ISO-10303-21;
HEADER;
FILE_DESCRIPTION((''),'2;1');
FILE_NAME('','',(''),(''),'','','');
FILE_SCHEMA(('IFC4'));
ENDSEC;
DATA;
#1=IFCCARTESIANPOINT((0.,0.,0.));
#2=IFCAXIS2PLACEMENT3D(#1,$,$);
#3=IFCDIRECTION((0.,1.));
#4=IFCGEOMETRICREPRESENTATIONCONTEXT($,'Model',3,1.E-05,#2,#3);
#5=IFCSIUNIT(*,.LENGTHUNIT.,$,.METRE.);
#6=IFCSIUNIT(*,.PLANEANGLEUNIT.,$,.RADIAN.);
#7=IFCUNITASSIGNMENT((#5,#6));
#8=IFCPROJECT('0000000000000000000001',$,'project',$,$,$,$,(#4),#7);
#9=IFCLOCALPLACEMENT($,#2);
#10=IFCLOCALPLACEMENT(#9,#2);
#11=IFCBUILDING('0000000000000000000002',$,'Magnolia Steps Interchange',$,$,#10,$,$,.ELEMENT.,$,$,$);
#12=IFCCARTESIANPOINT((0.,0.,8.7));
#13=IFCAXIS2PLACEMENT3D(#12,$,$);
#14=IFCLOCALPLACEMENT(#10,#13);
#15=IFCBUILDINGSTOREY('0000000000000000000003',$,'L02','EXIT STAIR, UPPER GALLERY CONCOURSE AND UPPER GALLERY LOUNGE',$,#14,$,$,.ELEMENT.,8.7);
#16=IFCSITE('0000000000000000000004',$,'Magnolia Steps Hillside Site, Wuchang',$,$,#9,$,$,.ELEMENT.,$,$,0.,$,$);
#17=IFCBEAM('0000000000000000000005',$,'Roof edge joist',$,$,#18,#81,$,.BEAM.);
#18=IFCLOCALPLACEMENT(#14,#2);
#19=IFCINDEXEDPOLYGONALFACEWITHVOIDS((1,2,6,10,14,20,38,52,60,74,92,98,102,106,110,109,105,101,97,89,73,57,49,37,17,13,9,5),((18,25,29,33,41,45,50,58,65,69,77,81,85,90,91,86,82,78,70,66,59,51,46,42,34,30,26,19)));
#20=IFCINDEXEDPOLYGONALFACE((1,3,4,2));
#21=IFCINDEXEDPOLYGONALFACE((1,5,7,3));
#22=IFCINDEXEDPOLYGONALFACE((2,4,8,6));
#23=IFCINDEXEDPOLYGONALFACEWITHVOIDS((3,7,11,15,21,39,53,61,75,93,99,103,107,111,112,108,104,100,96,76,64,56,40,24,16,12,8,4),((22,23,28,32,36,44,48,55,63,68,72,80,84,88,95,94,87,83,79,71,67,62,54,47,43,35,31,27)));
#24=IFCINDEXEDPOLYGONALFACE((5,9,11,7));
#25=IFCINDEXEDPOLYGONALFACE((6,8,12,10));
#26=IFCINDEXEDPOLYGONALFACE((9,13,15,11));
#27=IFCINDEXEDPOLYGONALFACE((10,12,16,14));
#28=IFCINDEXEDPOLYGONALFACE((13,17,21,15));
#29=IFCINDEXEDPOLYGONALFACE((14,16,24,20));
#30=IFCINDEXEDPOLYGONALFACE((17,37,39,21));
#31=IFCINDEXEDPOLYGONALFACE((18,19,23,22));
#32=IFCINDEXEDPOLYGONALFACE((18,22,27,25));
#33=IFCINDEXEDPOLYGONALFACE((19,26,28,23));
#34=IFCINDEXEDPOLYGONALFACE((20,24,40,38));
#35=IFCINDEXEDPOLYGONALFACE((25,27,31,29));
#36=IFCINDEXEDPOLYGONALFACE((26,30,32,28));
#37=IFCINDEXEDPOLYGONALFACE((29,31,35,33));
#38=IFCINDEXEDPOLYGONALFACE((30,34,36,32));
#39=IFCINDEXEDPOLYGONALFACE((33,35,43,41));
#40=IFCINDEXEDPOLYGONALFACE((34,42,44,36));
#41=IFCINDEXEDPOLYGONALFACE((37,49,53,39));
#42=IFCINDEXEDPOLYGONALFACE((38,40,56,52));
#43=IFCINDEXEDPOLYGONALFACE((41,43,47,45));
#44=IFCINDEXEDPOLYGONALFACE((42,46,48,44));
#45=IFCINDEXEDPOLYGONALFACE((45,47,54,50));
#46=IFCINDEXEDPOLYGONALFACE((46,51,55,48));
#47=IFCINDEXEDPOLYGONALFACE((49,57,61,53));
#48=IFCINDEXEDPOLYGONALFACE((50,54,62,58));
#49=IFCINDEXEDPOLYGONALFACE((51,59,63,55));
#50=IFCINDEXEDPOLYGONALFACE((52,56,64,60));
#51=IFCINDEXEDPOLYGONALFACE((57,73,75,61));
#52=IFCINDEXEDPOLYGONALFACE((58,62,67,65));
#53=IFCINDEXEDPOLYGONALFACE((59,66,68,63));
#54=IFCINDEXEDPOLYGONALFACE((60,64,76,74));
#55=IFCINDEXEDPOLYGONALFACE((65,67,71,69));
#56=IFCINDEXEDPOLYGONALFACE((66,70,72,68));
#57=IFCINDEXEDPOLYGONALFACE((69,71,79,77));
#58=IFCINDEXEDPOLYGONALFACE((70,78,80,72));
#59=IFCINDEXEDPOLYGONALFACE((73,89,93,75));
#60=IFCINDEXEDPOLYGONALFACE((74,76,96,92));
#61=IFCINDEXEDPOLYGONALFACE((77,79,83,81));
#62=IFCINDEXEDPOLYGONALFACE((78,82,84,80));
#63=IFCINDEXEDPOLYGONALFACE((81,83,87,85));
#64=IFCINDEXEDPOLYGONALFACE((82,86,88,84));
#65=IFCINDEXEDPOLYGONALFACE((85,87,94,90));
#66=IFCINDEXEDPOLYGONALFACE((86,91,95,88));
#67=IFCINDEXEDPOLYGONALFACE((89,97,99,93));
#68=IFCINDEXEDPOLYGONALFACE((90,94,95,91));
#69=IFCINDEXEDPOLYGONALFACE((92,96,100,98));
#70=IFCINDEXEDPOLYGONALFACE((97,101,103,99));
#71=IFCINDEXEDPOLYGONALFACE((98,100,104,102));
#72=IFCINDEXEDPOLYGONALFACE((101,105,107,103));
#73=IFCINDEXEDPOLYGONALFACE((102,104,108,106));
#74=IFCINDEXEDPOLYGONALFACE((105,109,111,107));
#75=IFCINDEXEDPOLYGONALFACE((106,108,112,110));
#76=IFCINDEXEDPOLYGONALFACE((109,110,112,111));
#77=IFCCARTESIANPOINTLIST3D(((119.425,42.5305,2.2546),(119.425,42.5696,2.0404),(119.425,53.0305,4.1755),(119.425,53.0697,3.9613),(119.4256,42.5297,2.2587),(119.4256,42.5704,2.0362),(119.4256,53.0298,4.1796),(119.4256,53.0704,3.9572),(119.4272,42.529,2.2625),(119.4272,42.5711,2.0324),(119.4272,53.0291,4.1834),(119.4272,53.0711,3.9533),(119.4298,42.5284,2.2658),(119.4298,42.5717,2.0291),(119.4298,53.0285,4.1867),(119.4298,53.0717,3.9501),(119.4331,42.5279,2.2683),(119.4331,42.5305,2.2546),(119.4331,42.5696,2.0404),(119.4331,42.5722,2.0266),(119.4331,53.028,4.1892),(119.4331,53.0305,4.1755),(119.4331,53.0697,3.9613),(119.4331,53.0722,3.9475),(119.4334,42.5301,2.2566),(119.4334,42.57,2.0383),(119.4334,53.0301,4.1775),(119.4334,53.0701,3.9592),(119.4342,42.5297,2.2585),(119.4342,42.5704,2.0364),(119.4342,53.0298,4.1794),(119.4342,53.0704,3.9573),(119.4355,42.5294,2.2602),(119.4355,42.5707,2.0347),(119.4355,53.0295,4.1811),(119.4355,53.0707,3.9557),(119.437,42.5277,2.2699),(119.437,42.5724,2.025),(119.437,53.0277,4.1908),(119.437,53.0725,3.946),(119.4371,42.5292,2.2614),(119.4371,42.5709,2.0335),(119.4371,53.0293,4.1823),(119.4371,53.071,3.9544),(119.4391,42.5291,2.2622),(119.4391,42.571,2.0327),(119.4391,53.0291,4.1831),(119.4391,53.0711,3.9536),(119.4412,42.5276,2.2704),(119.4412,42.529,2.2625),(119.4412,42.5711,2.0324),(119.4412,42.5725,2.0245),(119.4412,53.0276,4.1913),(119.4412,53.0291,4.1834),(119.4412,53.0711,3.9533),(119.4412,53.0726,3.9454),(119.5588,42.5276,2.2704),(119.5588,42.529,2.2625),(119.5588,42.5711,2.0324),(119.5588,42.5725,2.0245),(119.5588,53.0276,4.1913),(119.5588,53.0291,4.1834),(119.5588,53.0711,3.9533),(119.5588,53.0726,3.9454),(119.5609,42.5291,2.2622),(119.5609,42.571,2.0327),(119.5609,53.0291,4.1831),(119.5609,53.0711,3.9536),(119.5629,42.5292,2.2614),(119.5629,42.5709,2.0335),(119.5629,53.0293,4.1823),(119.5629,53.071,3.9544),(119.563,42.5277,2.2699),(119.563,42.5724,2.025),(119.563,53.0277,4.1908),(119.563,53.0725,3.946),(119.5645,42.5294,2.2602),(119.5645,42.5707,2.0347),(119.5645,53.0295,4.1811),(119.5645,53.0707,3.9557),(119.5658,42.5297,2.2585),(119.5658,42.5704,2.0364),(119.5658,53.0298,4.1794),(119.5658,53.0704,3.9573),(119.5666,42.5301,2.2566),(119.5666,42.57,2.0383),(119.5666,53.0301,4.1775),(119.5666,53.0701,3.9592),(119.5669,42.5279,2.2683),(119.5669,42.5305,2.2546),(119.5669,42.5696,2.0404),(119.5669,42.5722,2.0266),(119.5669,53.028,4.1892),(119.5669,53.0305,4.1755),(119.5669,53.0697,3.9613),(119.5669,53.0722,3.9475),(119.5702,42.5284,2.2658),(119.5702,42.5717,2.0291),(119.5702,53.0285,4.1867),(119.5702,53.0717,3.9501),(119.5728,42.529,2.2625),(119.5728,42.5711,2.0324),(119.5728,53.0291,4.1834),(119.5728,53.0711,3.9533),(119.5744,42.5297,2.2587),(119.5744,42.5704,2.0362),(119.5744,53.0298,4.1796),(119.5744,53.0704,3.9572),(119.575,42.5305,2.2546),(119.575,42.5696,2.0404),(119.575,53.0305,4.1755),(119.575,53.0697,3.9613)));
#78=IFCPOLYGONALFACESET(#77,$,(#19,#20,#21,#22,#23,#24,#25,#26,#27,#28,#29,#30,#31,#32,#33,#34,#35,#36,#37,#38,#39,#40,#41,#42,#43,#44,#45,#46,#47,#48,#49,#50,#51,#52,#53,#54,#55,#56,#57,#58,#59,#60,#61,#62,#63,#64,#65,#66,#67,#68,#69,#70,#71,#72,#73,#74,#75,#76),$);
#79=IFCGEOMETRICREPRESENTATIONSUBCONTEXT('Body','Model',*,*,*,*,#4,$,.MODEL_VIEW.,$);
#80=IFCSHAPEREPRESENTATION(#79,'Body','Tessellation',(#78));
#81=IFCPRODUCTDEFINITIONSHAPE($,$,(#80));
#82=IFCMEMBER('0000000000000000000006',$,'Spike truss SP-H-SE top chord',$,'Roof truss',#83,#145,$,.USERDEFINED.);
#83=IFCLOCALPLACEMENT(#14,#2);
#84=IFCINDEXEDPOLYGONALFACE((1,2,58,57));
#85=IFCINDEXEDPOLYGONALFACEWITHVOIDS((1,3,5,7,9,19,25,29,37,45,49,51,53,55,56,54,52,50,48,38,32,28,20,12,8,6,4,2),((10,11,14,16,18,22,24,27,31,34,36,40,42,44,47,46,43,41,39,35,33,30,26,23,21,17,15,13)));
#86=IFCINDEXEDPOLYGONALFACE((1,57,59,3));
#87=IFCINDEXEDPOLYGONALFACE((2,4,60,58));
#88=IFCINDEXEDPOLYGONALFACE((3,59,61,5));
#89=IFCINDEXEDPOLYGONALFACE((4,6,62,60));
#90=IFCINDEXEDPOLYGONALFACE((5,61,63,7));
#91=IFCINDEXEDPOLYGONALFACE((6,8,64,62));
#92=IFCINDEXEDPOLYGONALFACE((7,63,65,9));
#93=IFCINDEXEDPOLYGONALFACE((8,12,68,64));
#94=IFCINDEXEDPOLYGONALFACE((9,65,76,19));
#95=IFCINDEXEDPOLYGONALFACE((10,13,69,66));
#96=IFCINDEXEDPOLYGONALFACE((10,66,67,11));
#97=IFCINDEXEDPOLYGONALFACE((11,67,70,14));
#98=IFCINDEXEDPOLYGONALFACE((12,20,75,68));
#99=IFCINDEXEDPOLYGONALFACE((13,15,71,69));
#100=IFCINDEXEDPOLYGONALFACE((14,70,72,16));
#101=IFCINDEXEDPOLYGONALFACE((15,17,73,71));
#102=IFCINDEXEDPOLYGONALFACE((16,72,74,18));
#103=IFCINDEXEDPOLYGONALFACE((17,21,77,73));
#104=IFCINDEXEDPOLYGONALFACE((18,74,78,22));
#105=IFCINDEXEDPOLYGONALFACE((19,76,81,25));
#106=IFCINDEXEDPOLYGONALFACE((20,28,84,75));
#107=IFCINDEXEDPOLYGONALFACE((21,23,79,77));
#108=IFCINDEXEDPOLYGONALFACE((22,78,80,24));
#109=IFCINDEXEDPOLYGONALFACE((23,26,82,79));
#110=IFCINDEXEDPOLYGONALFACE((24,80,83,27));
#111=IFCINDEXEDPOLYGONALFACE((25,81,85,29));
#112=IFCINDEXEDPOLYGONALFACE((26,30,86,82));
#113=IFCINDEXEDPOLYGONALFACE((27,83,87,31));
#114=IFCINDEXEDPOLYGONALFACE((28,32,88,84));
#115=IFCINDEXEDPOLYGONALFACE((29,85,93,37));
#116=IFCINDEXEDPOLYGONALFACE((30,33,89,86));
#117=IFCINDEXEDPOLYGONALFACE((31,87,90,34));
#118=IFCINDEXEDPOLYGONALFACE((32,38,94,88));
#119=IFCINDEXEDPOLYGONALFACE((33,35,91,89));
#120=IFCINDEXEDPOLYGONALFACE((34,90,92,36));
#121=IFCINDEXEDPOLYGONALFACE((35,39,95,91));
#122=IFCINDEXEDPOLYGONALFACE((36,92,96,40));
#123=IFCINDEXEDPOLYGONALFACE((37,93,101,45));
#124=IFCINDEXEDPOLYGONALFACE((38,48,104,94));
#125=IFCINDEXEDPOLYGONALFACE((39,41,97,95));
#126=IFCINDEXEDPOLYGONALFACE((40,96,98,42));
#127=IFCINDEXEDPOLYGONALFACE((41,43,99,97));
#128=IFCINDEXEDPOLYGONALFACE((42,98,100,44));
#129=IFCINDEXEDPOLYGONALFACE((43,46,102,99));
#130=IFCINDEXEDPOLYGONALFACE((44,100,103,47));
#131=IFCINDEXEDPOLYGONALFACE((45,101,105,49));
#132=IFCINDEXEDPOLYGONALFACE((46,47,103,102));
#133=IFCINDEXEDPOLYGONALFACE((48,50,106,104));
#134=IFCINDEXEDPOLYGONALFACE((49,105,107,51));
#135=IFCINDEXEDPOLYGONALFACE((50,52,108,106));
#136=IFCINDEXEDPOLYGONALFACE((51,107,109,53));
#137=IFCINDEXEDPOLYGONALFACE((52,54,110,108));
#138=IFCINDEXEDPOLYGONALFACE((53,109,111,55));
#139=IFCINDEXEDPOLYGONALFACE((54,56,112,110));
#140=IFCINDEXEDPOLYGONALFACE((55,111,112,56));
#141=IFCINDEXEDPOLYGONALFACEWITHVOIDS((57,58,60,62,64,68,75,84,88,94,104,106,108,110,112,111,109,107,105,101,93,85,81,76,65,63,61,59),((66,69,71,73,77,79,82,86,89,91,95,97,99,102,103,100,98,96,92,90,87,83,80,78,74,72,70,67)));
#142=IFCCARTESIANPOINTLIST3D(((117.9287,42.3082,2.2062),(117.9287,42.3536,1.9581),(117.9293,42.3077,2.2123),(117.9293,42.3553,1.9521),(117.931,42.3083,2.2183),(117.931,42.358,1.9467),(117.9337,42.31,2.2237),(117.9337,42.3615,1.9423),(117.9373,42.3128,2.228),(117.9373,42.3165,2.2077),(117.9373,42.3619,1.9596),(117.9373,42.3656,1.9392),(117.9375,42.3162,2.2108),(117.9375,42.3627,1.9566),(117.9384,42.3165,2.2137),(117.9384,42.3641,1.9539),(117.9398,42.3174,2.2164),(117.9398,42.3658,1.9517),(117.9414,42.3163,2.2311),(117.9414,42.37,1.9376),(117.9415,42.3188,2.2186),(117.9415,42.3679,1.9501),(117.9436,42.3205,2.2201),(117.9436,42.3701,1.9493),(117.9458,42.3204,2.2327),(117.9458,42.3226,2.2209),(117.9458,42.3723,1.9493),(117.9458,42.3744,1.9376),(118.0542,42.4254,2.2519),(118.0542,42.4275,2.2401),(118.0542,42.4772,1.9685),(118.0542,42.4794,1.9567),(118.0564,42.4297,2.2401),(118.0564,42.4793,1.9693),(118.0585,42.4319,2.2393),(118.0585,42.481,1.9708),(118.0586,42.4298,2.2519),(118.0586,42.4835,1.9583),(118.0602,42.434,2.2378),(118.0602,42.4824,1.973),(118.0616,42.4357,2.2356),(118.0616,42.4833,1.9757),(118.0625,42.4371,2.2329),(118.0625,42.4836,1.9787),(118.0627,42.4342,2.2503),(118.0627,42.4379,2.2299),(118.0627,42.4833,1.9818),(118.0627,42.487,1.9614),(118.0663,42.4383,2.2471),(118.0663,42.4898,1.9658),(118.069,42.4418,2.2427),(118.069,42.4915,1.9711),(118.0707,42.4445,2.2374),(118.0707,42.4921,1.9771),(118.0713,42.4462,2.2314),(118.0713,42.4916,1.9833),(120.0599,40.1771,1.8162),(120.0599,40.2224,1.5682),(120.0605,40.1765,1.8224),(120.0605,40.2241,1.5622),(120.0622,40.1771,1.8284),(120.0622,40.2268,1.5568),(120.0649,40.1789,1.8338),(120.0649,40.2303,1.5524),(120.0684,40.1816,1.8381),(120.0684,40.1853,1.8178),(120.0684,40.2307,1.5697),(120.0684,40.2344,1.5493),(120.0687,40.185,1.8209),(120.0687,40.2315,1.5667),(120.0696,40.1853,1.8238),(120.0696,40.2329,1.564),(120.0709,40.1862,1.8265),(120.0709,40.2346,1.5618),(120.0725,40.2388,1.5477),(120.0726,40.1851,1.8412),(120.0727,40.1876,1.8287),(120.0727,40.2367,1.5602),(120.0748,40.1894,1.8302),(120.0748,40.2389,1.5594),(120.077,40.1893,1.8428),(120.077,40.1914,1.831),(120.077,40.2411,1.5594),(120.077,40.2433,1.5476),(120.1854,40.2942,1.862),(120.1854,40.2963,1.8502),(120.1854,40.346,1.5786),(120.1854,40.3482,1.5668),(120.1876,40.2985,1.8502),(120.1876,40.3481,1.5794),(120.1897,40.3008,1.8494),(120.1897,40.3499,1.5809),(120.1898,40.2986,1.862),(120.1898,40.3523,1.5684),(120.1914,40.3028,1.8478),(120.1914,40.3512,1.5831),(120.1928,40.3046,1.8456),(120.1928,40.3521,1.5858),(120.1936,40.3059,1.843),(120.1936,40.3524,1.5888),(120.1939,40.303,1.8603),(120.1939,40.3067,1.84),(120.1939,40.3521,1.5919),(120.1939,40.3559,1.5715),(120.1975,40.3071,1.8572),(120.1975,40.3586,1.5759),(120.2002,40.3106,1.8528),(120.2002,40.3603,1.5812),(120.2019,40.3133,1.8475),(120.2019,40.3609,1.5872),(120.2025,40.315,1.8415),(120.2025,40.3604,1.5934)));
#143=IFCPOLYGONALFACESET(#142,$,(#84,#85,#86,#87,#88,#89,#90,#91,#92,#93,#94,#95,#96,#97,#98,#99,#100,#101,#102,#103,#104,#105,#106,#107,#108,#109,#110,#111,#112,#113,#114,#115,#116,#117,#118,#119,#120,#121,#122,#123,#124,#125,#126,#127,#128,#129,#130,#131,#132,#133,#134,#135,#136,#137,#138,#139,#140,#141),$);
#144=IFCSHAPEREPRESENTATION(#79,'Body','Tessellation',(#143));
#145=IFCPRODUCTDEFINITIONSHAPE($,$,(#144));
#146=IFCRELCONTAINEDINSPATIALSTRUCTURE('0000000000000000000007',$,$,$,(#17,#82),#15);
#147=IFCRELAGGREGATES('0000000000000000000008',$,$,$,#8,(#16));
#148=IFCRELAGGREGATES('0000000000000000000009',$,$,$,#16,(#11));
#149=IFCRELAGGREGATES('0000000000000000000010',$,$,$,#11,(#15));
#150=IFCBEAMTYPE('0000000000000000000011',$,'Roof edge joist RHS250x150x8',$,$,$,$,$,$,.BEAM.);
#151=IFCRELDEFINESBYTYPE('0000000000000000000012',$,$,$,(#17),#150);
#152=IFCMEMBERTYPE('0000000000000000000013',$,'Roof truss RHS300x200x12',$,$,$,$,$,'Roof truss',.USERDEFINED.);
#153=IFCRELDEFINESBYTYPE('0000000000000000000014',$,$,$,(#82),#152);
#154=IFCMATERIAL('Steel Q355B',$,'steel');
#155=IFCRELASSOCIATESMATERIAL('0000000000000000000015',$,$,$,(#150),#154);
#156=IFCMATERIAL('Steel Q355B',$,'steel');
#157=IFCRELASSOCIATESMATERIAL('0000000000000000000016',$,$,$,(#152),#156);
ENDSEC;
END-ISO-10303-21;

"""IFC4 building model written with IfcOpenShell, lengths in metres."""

from ifc_helpers import new_model, si_unit, direction, frame, origin, origin_2d, place, context, subcontext, project, spatial, hollow_rectangle, extrude, material, material_profile, profile_set, type_object, element, save


model = new_model("IFC4")

# Units and contexts
model_context = context("Model", 3, precision=1e-05, world=origin(), true_north=direction((0.0, 1.0)))
body_context = subcontext(model_context, "Body", "Model", "MODEL_VIEW")
ifc_project = project(units=[si_unit("LENGTHUNIT", "METRE"), si_unit("PLANEANGLEUNIT", "RADIAN")], contexts=[model_context])

# Site, building, storey
site_placement = place(None, origin())
site = spatial("IfcSite", under=ifc_project, at=site_placement, Name="Magnolia Steps Hillside Site, Wuchang", CompositionType="ELEMENT", RefElevation=0.0)
building_placement = place(site_placement, origin())
building = spatial("IfcBuilding", under=site, at=building_placement, Name="Magnolia Steps Interchange", CompositionType="ELEMENT")
storey_placement = place(building_placement, frame((0.0, 0.0, 8.7)))
storey = spatial("IfcBuildingStorey", under=building, at=storey_placement, Name="L02", Description="EXIT STAIR, UPPER GALLERY CONCOURSE AND UPPER GALLERY LOUNGE", CompositionType="ELEMENT", Elevation=8.7)

# Beam
ifc_material_1 = material(Name="Steel Q355B", Category="steel")
ifc_material_profile_1 = material_profile(ifc_material_1, hollow_rectangle(XDim=0.1499, YDim=0.25, WallThickness=0.0081, InnerFilletRadius=0.0081, OuterFilletRadius=0.0161, at=origin_2d()), Name="RHS250x150x8")
ifc_profile_set_1 = profile_set([ifc_material_profile_1], Name="Steel Q355B")
beam_type_1 = type_object("IfcBeamType", Name="Roof edge joist RHS250x150x8", PredefinedType="BEAM", material=ifc_profile_set_1)
beam_1_placement = place(storey_placement, frame((119.5, 42.55, 2.1475), z_axis=(0.0, 0.983675, 0.179956), x_axis=(-1.0, 0.0, 0.0)))
element("IfcBeam", 1, at=beam_1_placement, inside=storey, type_object=beam_type_1, Name="Roof edge joist", PredefinedType="BEAM", context=body_context, shape_type="SweptSolid", body=[
    extrude(hollow_rectangle(XDim=0.1499, YDim=0.25, WallThickness=0.0081, InnerFilletRadius=0.0081, OuterFilletRadius=0.0161, at=origin_2d()), origin(), (0.0, 0.0, 1.0), 10.6743),
])

# Member
ifc_material_2 = material(Name="Steel Q355B", Category="steel")
ifc_material_profile_2 = material_profile(ifc_material_2, hollow_rectangle(XDim=0.2, YDim=0.3, WallThickness=0.012, InnerFilletRadius=0.012, OuterFilletRadius=0.0239, at=origin_2d()), Name="RHS300x200x12")
ifc_profile_set_2 = profile_set([ifc_material_profile_2], Name="Steel Q355B")
member_type_1 = type_object("IfcMemberType", Name="Roof truss RHS300x200x12", ElementType="Roof truss", PredefinedType="USERDEFINED", material=ifc_profile_set_2)
member_1_placement = place(storey_placement, frame((118.0, 42.3999, 2.0947), z_axis=(0.701263, -0.701263, -0.128298), x_axis=(0.712903, 0.689817, 0.126186)))
element("IfcMember", 2, at=member_1_placement, inside=storey, type_object=member_type_1, Name="Spike truss SP-H-SE top chord", ObjectType="Roof truss", PredefinedType="USERDEFINED", context=body_context, shape_type="SweptSolid", body=[
    extrude(hollow_rectangle(XDim=0.2, YDim=0.3, WallThickness=0.012, InnerFilletRadius=0.012, OuterFilletRadius=0.0239, at=origin_2d()), origin(), (0.0, 0.0, 1.0), 3.0391),
])

save(model, "model.ifc")
